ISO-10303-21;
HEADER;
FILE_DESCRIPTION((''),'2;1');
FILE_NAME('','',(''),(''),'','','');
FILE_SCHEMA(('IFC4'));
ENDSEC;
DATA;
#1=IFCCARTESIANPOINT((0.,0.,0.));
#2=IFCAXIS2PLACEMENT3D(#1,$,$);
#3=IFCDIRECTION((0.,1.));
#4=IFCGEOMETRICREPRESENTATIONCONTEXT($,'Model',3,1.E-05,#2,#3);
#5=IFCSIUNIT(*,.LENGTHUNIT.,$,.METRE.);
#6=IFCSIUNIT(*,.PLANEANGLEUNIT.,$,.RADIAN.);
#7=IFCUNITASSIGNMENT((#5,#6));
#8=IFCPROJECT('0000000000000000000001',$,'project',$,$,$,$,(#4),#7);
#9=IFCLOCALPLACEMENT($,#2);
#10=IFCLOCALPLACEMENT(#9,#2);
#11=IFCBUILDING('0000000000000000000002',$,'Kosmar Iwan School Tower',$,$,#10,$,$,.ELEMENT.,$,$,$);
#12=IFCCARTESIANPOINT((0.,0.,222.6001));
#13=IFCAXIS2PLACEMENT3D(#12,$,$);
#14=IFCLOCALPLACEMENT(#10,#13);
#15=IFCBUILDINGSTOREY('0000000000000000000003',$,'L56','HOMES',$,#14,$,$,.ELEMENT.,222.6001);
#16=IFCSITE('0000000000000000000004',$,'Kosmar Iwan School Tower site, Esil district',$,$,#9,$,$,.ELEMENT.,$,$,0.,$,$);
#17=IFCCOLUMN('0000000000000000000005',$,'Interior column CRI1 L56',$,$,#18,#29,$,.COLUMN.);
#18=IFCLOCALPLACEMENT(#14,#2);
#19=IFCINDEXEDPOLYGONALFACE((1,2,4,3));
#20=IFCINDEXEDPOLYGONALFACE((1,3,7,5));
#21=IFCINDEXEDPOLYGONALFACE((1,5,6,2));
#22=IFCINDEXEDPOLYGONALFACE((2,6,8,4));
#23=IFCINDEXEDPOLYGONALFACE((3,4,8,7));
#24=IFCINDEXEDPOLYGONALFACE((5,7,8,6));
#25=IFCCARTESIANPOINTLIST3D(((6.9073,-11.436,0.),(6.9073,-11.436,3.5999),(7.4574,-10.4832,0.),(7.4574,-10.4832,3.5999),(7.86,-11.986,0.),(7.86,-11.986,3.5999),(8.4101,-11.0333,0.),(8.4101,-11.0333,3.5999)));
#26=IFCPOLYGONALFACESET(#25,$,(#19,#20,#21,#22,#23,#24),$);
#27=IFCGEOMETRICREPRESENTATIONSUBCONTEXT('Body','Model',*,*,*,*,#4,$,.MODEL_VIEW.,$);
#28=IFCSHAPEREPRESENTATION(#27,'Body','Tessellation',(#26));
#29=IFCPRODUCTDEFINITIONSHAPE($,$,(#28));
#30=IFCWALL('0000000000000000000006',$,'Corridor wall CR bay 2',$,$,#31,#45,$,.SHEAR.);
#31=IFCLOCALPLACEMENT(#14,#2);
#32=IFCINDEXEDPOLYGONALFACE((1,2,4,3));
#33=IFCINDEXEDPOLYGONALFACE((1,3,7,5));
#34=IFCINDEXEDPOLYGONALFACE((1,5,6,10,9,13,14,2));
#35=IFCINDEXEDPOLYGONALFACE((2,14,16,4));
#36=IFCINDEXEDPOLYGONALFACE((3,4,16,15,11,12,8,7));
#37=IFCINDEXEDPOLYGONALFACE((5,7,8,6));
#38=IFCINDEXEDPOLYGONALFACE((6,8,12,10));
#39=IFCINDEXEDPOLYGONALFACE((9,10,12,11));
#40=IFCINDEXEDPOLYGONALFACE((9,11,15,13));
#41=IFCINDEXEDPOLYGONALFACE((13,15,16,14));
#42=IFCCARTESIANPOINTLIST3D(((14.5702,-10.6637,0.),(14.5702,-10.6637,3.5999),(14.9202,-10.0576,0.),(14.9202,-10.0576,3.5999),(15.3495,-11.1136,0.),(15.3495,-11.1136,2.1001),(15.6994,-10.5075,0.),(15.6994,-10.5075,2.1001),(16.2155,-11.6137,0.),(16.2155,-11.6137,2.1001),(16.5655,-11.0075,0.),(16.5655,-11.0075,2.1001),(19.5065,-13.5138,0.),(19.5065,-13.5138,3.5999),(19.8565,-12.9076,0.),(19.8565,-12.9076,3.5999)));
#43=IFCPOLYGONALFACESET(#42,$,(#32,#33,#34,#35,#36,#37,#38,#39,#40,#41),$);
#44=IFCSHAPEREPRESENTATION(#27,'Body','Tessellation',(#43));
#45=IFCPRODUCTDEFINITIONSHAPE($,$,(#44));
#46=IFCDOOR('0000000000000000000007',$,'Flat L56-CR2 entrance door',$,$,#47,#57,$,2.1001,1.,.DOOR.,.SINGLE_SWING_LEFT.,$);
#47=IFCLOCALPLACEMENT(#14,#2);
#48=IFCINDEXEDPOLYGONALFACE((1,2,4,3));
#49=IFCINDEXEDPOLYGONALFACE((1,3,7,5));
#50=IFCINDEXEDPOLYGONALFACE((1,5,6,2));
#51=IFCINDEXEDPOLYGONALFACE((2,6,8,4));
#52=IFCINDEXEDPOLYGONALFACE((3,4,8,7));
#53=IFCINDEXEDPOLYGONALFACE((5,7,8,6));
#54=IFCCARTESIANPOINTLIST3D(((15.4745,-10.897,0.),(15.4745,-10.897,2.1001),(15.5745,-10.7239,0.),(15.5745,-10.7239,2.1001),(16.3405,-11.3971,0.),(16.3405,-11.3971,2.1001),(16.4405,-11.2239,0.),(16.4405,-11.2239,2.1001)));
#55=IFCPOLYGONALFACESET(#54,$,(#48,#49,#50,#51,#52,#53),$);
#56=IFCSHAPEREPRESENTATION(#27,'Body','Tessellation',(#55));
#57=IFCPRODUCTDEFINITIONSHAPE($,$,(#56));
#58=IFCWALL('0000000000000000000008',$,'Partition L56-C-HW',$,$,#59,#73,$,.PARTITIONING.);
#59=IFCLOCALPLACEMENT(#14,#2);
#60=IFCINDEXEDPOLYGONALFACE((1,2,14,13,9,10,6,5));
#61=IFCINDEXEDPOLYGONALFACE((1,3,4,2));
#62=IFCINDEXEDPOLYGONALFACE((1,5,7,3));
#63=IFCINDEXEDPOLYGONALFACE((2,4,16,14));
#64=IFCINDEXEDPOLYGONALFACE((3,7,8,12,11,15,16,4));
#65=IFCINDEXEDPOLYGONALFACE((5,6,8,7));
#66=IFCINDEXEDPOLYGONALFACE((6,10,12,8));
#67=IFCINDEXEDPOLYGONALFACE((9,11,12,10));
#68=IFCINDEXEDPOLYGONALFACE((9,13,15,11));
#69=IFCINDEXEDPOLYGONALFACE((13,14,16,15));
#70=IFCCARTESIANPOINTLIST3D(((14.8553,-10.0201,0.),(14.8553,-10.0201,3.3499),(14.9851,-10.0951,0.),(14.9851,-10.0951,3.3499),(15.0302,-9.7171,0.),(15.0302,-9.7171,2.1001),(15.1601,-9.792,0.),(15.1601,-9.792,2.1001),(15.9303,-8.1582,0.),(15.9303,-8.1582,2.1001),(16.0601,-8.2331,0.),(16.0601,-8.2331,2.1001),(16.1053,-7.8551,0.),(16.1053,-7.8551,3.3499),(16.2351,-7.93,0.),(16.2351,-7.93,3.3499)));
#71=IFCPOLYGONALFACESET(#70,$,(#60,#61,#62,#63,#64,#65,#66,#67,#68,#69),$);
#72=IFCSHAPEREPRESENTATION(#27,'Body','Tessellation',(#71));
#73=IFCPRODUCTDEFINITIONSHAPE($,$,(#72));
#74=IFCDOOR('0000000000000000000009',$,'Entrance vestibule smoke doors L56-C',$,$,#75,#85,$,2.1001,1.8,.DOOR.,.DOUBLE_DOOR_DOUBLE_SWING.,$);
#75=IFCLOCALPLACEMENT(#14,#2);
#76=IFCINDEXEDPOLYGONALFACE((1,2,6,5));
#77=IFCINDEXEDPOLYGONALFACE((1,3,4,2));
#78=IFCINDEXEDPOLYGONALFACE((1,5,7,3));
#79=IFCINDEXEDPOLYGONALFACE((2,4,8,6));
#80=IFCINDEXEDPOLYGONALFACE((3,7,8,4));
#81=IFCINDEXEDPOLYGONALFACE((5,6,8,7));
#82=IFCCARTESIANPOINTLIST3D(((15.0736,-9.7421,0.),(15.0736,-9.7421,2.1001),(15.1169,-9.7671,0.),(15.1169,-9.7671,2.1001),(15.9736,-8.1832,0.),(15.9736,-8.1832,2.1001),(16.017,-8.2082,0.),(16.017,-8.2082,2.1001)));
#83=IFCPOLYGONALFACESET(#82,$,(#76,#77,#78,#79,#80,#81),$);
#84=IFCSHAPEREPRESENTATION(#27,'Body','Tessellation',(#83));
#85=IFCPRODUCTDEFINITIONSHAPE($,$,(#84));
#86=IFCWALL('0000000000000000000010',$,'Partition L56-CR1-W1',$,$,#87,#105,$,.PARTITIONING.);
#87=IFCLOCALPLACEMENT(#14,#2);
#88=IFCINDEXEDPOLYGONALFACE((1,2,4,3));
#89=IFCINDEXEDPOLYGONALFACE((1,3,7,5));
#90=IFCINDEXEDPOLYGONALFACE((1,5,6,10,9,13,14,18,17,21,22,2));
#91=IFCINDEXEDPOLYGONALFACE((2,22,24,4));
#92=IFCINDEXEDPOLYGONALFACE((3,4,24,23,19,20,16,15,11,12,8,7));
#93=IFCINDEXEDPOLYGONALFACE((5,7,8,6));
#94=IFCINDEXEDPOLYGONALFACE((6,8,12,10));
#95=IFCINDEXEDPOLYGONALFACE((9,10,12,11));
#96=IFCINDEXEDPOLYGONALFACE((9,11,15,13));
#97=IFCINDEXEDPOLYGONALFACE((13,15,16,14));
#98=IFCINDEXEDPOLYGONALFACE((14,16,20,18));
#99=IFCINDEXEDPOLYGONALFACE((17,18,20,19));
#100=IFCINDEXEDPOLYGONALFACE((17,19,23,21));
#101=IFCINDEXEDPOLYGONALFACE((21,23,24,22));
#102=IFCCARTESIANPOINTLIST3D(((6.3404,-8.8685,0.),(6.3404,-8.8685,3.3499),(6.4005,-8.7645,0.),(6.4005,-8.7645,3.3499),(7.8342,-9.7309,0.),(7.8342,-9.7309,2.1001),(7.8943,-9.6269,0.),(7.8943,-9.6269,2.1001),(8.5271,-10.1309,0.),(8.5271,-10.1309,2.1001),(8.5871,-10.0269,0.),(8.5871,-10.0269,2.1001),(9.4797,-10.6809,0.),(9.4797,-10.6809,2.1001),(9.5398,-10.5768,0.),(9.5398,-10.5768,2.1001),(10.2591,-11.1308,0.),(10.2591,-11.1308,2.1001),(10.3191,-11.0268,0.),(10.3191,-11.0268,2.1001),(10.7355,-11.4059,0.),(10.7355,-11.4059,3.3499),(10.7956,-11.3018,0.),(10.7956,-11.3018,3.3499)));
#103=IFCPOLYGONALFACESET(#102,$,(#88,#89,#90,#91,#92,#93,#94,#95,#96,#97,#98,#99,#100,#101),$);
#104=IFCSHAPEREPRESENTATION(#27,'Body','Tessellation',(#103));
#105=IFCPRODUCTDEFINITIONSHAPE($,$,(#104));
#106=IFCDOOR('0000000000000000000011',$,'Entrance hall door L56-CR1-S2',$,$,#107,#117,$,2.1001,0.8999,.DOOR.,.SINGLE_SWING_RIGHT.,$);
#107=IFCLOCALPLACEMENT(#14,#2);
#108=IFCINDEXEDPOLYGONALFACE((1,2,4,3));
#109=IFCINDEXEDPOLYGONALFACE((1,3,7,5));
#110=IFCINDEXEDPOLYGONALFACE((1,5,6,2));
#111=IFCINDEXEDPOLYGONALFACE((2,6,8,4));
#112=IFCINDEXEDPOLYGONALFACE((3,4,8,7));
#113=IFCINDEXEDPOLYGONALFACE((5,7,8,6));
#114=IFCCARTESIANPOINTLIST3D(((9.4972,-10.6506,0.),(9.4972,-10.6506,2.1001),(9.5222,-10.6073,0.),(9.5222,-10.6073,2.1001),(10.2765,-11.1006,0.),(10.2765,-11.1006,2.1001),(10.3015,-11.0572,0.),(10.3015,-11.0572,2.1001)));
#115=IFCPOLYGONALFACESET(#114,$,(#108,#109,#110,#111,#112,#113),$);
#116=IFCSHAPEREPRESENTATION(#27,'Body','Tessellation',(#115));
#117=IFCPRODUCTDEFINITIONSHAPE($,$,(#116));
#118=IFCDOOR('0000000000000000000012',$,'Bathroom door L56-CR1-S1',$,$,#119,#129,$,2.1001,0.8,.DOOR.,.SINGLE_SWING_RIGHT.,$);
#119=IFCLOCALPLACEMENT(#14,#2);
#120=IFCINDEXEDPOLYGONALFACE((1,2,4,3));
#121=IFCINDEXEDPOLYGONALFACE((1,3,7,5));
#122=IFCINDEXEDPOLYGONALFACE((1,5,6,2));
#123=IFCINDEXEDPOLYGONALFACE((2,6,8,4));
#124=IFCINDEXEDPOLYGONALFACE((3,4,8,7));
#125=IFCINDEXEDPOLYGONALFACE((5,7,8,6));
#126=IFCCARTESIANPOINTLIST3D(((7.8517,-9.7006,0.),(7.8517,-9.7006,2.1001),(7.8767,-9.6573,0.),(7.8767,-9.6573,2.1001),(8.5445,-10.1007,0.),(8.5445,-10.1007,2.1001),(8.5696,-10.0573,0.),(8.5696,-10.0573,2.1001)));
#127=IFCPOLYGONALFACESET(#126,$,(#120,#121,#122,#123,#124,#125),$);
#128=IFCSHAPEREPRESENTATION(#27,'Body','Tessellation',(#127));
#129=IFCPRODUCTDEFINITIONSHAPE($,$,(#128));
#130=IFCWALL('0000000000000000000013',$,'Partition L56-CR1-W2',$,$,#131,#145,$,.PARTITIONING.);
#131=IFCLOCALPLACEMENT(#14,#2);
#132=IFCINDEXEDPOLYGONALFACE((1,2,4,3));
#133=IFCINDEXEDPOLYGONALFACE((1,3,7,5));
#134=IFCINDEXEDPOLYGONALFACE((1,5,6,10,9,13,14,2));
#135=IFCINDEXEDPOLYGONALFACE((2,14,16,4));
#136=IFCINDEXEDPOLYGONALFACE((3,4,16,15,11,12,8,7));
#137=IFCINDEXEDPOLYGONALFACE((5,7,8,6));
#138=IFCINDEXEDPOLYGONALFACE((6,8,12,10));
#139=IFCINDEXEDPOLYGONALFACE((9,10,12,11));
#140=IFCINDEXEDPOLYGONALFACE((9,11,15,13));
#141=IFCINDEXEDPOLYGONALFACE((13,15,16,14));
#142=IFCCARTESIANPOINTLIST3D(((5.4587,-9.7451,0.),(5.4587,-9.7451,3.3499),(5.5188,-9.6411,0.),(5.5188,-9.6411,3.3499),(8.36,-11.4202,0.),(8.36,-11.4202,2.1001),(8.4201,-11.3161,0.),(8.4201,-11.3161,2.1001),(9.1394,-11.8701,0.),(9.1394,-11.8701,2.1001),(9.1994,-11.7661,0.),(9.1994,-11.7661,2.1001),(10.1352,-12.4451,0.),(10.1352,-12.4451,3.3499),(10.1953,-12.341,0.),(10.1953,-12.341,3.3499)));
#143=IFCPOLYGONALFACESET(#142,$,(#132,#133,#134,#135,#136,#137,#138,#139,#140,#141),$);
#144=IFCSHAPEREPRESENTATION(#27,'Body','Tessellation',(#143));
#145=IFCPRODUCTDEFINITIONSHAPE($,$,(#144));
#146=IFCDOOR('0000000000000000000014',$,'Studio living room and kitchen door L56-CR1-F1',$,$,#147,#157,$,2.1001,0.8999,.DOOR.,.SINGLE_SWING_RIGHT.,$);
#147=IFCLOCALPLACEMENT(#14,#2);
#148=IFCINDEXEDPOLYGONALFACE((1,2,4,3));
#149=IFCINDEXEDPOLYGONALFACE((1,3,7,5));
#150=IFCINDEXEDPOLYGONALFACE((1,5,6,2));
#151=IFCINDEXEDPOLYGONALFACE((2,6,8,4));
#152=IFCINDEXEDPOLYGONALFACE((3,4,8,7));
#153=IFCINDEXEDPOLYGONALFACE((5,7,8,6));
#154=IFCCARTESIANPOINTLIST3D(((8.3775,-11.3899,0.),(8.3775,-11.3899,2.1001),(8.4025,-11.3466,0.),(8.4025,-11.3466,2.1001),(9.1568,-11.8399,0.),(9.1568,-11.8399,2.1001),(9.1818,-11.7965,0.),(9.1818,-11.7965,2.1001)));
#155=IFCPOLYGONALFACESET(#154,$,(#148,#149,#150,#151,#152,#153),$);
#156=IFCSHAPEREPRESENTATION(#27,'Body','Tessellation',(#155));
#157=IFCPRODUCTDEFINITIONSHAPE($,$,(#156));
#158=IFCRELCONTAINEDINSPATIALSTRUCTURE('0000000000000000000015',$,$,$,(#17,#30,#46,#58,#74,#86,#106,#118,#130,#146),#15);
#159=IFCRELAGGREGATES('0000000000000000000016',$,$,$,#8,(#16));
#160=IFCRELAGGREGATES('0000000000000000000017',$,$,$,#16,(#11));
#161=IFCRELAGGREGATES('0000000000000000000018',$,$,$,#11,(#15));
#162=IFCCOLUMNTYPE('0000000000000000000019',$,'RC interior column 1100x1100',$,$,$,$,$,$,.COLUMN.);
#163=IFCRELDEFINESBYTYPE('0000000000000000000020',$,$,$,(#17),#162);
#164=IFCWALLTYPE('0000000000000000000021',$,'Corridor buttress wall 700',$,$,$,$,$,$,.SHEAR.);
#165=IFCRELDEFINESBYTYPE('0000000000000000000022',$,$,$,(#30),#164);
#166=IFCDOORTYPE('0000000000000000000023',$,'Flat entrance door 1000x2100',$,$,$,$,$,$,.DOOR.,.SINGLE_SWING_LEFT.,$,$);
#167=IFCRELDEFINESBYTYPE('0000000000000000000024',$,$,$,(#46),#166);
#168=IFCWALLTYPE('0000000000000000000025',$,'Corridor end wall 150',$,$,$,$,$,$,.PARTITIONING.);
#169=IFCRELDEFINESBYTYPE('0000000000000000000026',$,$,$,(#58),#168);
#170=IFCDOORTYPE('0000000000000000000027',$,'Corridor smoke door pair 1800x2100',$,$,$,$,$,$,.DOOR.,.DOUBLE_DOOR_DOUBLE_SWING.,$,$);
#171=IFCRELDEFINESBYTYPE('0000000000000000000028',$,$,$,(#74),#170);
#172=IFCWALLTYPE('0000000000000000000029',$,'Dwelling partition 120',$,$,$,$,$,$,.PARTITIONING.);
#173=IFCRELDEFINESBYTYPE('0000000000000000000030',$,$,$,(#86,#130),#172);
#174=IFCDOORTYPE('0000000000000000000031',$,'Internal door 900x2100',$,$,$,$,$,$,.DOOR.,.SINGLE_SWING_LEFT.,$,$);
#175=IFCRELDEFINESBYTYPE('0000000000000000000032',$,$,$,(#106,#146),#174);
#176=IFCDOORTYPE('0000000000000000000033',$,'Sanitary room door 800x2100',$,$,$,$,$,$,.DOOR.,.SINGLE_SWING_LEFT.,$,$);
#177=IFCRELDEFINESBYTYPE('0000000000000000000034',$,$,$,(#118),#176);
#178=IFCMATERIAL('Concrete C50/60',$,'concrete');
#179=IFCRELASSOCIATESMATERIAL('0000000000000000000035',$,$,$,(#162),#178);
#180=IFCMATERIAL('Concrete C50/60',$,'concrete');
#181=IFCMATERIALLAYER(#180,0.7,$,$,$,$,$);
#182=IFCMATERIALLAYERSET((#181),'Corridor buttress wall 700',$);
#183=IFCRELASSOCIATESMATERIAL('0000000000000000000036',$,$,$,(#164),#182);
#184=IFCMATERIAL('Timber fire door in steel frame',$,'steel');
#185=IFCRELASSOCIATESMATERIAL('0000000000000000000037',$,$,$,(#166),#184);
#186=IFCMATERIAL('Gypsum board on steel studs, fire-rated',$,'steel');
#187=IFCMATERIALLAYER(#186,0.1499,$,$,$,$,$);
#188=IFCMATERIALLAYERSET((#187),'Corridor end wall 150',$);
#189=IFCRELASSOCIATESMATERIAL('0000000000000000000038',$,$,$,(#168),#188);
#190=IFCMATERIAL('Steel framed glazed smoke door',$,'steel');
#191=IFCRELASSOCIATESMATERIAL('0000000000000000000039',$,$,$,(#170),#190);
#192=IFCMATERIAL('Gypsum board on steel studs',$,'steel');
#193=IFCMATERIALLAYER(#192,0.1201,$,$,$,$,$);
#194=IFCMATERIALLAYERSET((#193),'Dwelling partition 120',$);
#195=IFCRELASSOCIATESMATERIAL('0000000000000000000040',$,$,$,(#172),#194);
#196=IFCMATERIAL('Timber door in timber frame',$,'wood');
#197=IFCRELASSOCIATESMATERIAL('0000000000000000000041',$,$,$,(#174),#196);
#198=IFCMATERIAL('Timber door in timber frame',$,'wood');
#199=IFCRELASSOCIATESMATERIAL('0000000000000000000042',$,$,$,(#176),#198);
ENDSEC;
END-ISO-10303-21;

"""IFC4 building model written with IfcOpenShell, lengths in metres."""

from ifc_helpers import new_model, si_unit, direction, frame, frame_2d, origin, origin_2d, place, context, subcontext, project, spatial, rectangle, extrude, material, layer, layer_set, material_profile, profile_set, type_object, element, fill, save


model = new_model("IFC4")

# Units and contexts
model_context = context("Model", 3, precision=1e-05, world=origin(), true_north=direction((0.0, 1.0)))
body_context = subcontext(model_context, "Body", "Model", "MODEL_VIEW")
ifc_project = project(units=[si_unit("LENGTHUNIT", "METRE"), si_unit("PLANEANGLEUNIT", "RADIAN")], contexts=[model_context])

# Site, building, storey
site_placement = place(None, origin())
site = spatial("IfcSite", under=ifc_project, at=site_placement, Name="Kosmar Iwan School Tower site, Esil district", CompositionType="ELEMENT", RefElevation=0.0)
building_placement = place(site_placement, origin())
building = spatial("IfcBuilding", under=site, at=building_placement, Name="Kosmar Iwan School Tower", CompositionType="ELEMENT")
storey_placement = place(building_placement, frame((0.0, 0.0, 222.6001)))
storey = spatial("IfcBuildingStorey", under=building, at=storey_placement, Name="L56", Description="HOMES", CompositionType="ELEMENT", Elevation=222.6001)

# Column
ifc_material_1 = material(Name="Concrete C50/60", Category="concrete")
ifc_material_profile = material_profile(ifc_material_1, rectangle(XDim=1.1001, YDim=1.1001, at=origin_2d()), Name="RC 1100x1100")
ifc_profile_set = profile_set([ifc_material_profile], Name="Concrete C50/60")
column_type = type_object("IfcColumnType", Name="RC interior column 1100x1100", PredefinedType="COLUMN", material=ifc_profile_set)
column_placement = place(storey_placement, frame((7.6587, -11.2346, 0.0), z_axis=(0.0, 0.0, 1.0), x_axis=(0.866025, -0.5, 0.0)))
element("IfcColumn", 1, at=column_placement, inside=storey, type_object=column_type, Name="Interior column CRI1 L56", PredefinedType="COLUMN", context=body_context, shape_type="SweptSolid", body=[
    extrude(rectangle(XDim=1.1001, YDim=1.1001, at=origin_2d()), origin(), (0.0, 0.0, 1.0), 3.5999),
])

# Walls, openings, doors
ifc_material_2 = material(Name="Concrete C50/60", Category="concrete")
ifc_layer_1 = layer(ifc_material_2, 0.7)
ifc_layer_set_1 = layer_set([ifc_layer_1], Name="Corridor buttress wall 700")
wall_type_1 = type_object("IfcWallType", Name="Corridor buttress wall 700", PredefinedType="SHEAR", material=ifc_layer_set_1)
wall_1_placement = place(storey_placement, frame((14.7451, -10.3606, 0.0), z_axis=(0.0, 0.0, 1.0), x_axis=(0.866015, -0.500018, 0.0)))
wall_1 = element("IfcWall", 2, at=wall_1_placement, inside=storey, type_object=wall_type_1, Name="Corridor wall CR bay 2", PredefinedType="SHEAR", context=body_context, shape_type="SweptSolid", body=[
    extrude(rectangle(XDim=5.7, YDim=0.7, at=frame_2d((2.8501, 0.0))), origin(), (0.0, 0.0, 1.0), 3.5999),
])
opening_1_placement = place(wall_1_placement, frame((0.8999, 0.0, 0.0)))
opening_1 = element("IfcOpeningElement", 3, at=opening_1_placement, cuts=wall_1, PredefinedType="OPENING", context=body_context, shape_type="SweptSolid", body=[
    extrude(rectangle(XDim=1.0, YDim=2.1001, at=frame_2d((0.5, 1.05))), frame((0.0, 0.3621, 0.0), z_axis=(0.0, -1.0, 0.0), x_axis=(1.0, 0.0, 0.0)), (0.0, 0.0, 1.0), 0.7239),
])
ifc_material_3 = material(Name="Timber fire door in steel frame", Category="steel")
door_type_1 = type_object("IfcDoorType", Name="Flat entrance door 1000x2100", OperationType="SINGLE_SWING_LEFT", PredefinedType="DOOR", material=ifc_material_3)
door_1_placement = place(opening_1_placement, origin())
door_1 = element("IfcDoor", 4, at=door_1_placement, inside=storey, type_object=door_type_1, Name="Flat L56-CR2 entrance door", OperationType="SINGLE_SWING_LEFT", OverallHeight=2.1001, OverallWidth=1.0, PredefinedType="DOOR", context=body_context, shape_type="SweptSolid", body=[
    extrude(rectangle(XDim=1.0, YDim=2.1001, at=frame_2d((0.5, 1.05))), frame((0.0, 0.1001, 0.0), z_axis=(0.0, -1.0, 0.0), x_axis=(1.0, 0.0, 0.0)), (0.0, 0.0, 1.0), 0.2),
])
fill(opening_1, door_1)
ifc_material_4 = material(Name="Gypsum board on steel studs, fire-rated", Category="steel")
ifc_layer_2 = layer(ifc_material_4, 0.1499)
ifc_layer_set_2 = layer_set([ifc_layer_2], Name="Corridor end wall 150")
wall_type_2 = type_object("IfcWallType", Name="Corridor end wall 150", PredefinedType="PARTITIONING", material=ifc_layer_set_2)
wall_2_placement = place(storey_placement, frame((14.9202, -10.0576, 0.0), z_axis=(0.0, 0.0, 1.0), x_axis=(0.500004, 0.866023, 0.0)))
wall_2 = element("IfcWall", 5, at=wall_2_placement, inside=storey, type_object=wall_type_2, Name="Partition L56-C-HW", PredefinedType="PARTITIONING", context=body_context, shape_type="SweptSolid", body=[
    extrude(rectangle(XDim=2.5, YDim=0.1499, at=frame_2d((1.25, 0.0))), origin(), (0.0, 0.0, 1.0), 3.3499),
])
opening_2_placement = place(wall_2_placement, frame((0.3501, 0.0, 0.0)))
opening_2 = element("IfcOpeningElement", 6, at=opening_2_placement, cuts=wall_2, PredefinedType="OPENING", context=body_context, shape_type="SweptSolid", body=[
    extrude(rectangle(XDim=1.8, YDim=2.1001, at=frame_2d((0.8999, 1.05))), frame((0.0, 0.0869, 0.0), z_axis=(0.0, -1.0, 0.0), x_axis=(1.0, 0.0, 0.0)), (0.0, 0.0, 1.0), 0.1738),
])
ifc_material_5 = material(Name="Steel framed glazed smoke door", Category="steel")
door_type_2 = type_object("IfcDoorType", Name="Corridor smoke door pair 1800x2100", OperationType="DOUBLE_DOOR_DOUBLE_SWING", PredefinedType="DOOR", material=ifc_material_5)
door_2_placement = place(opening_2_placement, origin())
door_2 = element("IfcDoor", 7, at=door_2_placement, inside=storey, type_object=door_type_2, Name="Entrance vestibule smoke doors L56-C", OperationType="DOUBLE_DOOR_DOUBLE_SWING", OverallHeight=2.1001, OverallWidth=1.8, PredefinedType="DOOR", context=body_context, shape_type="SweptSolid", body=[
    extrude(rectangle(XDim=1.8, YDim=2.1001, at=frame_2d((0.8999, 1.05))), frame((0.0, 0.0249, 0.0), z_axis=(0.0, -1.0, 0.0), x_axis=(1.0, 0.0, 0.0)), (0.0, 0.0, 1.0), 0.05),
])
fill(opening_2, door_2)

# Wall, openings, doors
ifc_material_6 = material(Name="Gypsum board on steel studs", Category="steel")
ifc_layer_3 = layer(ifc_material_6, 0.1201)
ifc_layer_set_3 = layer_set([ifc_layer_3], Name="Dwelling partition 120")
wall_type_3 = type_object("IfcWallType", Name="Dwelling partition 120", PredefinedType="PARTITIONING", material=ifc_layer_set_3)
wall_3_placement = place(storey_placement, frame((6.3704, -8.8164, 0.0), z_axis=(0.0, 0.0, 1.0), x_axis=(0.866035, -0.499983, 0.0)))
wall_3 = element("IfcWall", 8, at=wall_3_placement, inside=storey, type_object=wall_type_3, Name="Partition L56-CR1-W1", PredefinedType="PARTITIONING", context=body_context, shape_type="SweptSolid", body=[
    extrude(rectangle(XDim=5.075, YDim=0.1201, at=frame_2d((2.5376, 0.0))), origin(), (0.0, 0.0, 1.0), 3.3499),
])
opening_3_placement = place(wall_3_placement, frame((1.7251, 0.0, 0.0)))
opening_3 = element("IfcOpeningElement", 9, at=opening_3_placement, cuts=wall_3, PredefinedType="OPENING", context=body_context, shape_type="SweptSolid", body=[
    extrude(rectangle(XDim=0.8, YDim=2.1001, at=frame_2d((0.3999, 1.05))), frame((0.0, 0.072, 0.0), z_axis=(0.0, -1.0, 0.0), x_axis=(1.0, 0.0, 0.0)), (0.0, 0.0, 1.0), 0.144),
])
opening_4_placement = place(wall_3_placement, frame((3.625, 0.0, 0.0)))
opening_4 = element("IfcOpeningElement", 10, at=opening_4_placement, cuts=wall_3, PredefinedType="OPENING", context=body_context, shape_type="SweptSolid", body=[
    extrude(rectangle(XDim=0.8999, YDim=2.1001, at=frame_2d((0.45, 1.05))), frame((0.0, 0.072, 0.0), z_axis=(0.0, -1.0, 0.0), x_axis=(1.0, 0.0, 0.0)), (0.0, 0.0, 1.0), 0.144),
])
ifc_material_7 = material(Name="Timber door in timber frame", Category="wood")
door_type_3 = type_object("IfcDoorType", Name="Internal door 900x2100", OperationType="SINGLE_SWING_LEFT", PredefinedType="DOOR", material=ifc_material_7)
door_3_placement = place(opening_4_placement, origin())
door_3 = element("IfcDoor", 11, at=door_3_placement, inside=storey, type_object=door_type_3, Name="Entrance hall door L56-CR1-S2", OperationType="SINGLE_SWING_RIGHT", OverallHeight=2.1001, OverallWidth=0.8999, PredefinedType="DOOR", context=body_context, shape_type="SweptSolid", body=[
    extrude(rectangle(XDim=0.8999, YDim=2.1001, at=frame_2d((0.45, 1.05))), frame((0.0, 0.0249, 0.0), z_axis=(0.0, -1.0, 0.0), x_axis=(1.0, 0.0, 0.0)), (0.0, 0.0, 1.0), 0.05),
])
fill(opening_4, door_3)
ifc_material_8 = material(Name="Timber door in timber frame", Category="wood")
door_type_4 = type_object("IfcDoorType", Name="Sanitary room door 800x2100", OperationType="SINGLE_SWING_LEFT", PredefinedType="DOOR", material=ifc_material_8)
door_4_placement = place(opening_3_placement, origin())
door_4 = element("IfcDoor", 12, at=door_4_placement, inside=storey, type_object=door_type_4, Name="Bathroom door L56-CR1-S1", OperationType="SINGLE_SWING_RIGHT", OverallHeight=2.1001, OverallWidth=0.8, PredefinedType="DOOR", context=body_context, shape_type="SweptSolid", body=[
    extrude(rectangle(XDim=0.8, YDim=2.1001, at=frame_2d((0.3999, 1.05))), frame((0.0, 0.0249, 0.0), z_axis=(0.0, -1.0, 0.0), x_axis=(1.0, 0.0, 0.0)), (0.0, 0.0, 1.0), 0.05),
])
fill(opening_3, door_4)

# Wall, opening, door
wall_4_placement = place(storey_placement, frame((5.4888, -9.6931, 0.0), z_axis=(0.0, 0.0, 1.0), x_axis=(0.866028, -0.499995, 0.0)))
wall_4 = element("IfcWall", 13, at=wall_4_placement, inside=storey, type_object=wall_type_3, Name="Partition L56-CR1-W2", PredefinedType="PARTITIONING", context=body_context, shape_type="SweptSolid", body=[
    extrude(rectangle(XDim=5.3999, YDim=0.1201, at=frame_2d((2.7, 0.0))), origin(), (0.0, 0.0, 1.0), 3.3499),
])
opening_5_placement = place(wall_4_placement, frame((3.3501, 0.0, 0.0)))
opening_5 = element("IfcOpeningElement", 14, at=opening_5_placement, cuts=wall_4, PredefinedType="OPENING", context=body_context, shape_type="SweptSolid", body=[
    extrude(rectangle(XDim=0.8999, YDim=2.1001, at=frame_2d((0.45, 1.05))), frame((0.0, 0.072, 0.0), z_axis=(0.0, -1.0, 0.0), x_axis=(1.0, 0.0, 0.0)), (0.0, 0.0, 1.0), 0.144),
])
door_5_placement = place(opening_5_placement, origin())
door_5 = element("IfcDoor", 15, at=door_5_placement, inside=storey, type_object=door_type_3, Name="Studio living room and kitchen door L56-CR1-F1", OperationType="SINGLE_SWING_RIGHT", OverallHeight=2.1001, OverallWidth=0.8999, PredefinedType="DOOR", context=body_context, shape_type="SweptSolid", body=[
    extrude(rectangle(XDim=0.8999, YDim=2.1001, at=frame_2d((0.45, 1.05))), frame((0.0, 0.0249, 0.0), z_axis=(0.0, -1.0, 0.0), x_axis=(1.0, 0.0, 0.0)), (0.0, 0.0, 1.0), 0.05),
])
fill(opening_5, door_5)

save(model, "model.ifc")
